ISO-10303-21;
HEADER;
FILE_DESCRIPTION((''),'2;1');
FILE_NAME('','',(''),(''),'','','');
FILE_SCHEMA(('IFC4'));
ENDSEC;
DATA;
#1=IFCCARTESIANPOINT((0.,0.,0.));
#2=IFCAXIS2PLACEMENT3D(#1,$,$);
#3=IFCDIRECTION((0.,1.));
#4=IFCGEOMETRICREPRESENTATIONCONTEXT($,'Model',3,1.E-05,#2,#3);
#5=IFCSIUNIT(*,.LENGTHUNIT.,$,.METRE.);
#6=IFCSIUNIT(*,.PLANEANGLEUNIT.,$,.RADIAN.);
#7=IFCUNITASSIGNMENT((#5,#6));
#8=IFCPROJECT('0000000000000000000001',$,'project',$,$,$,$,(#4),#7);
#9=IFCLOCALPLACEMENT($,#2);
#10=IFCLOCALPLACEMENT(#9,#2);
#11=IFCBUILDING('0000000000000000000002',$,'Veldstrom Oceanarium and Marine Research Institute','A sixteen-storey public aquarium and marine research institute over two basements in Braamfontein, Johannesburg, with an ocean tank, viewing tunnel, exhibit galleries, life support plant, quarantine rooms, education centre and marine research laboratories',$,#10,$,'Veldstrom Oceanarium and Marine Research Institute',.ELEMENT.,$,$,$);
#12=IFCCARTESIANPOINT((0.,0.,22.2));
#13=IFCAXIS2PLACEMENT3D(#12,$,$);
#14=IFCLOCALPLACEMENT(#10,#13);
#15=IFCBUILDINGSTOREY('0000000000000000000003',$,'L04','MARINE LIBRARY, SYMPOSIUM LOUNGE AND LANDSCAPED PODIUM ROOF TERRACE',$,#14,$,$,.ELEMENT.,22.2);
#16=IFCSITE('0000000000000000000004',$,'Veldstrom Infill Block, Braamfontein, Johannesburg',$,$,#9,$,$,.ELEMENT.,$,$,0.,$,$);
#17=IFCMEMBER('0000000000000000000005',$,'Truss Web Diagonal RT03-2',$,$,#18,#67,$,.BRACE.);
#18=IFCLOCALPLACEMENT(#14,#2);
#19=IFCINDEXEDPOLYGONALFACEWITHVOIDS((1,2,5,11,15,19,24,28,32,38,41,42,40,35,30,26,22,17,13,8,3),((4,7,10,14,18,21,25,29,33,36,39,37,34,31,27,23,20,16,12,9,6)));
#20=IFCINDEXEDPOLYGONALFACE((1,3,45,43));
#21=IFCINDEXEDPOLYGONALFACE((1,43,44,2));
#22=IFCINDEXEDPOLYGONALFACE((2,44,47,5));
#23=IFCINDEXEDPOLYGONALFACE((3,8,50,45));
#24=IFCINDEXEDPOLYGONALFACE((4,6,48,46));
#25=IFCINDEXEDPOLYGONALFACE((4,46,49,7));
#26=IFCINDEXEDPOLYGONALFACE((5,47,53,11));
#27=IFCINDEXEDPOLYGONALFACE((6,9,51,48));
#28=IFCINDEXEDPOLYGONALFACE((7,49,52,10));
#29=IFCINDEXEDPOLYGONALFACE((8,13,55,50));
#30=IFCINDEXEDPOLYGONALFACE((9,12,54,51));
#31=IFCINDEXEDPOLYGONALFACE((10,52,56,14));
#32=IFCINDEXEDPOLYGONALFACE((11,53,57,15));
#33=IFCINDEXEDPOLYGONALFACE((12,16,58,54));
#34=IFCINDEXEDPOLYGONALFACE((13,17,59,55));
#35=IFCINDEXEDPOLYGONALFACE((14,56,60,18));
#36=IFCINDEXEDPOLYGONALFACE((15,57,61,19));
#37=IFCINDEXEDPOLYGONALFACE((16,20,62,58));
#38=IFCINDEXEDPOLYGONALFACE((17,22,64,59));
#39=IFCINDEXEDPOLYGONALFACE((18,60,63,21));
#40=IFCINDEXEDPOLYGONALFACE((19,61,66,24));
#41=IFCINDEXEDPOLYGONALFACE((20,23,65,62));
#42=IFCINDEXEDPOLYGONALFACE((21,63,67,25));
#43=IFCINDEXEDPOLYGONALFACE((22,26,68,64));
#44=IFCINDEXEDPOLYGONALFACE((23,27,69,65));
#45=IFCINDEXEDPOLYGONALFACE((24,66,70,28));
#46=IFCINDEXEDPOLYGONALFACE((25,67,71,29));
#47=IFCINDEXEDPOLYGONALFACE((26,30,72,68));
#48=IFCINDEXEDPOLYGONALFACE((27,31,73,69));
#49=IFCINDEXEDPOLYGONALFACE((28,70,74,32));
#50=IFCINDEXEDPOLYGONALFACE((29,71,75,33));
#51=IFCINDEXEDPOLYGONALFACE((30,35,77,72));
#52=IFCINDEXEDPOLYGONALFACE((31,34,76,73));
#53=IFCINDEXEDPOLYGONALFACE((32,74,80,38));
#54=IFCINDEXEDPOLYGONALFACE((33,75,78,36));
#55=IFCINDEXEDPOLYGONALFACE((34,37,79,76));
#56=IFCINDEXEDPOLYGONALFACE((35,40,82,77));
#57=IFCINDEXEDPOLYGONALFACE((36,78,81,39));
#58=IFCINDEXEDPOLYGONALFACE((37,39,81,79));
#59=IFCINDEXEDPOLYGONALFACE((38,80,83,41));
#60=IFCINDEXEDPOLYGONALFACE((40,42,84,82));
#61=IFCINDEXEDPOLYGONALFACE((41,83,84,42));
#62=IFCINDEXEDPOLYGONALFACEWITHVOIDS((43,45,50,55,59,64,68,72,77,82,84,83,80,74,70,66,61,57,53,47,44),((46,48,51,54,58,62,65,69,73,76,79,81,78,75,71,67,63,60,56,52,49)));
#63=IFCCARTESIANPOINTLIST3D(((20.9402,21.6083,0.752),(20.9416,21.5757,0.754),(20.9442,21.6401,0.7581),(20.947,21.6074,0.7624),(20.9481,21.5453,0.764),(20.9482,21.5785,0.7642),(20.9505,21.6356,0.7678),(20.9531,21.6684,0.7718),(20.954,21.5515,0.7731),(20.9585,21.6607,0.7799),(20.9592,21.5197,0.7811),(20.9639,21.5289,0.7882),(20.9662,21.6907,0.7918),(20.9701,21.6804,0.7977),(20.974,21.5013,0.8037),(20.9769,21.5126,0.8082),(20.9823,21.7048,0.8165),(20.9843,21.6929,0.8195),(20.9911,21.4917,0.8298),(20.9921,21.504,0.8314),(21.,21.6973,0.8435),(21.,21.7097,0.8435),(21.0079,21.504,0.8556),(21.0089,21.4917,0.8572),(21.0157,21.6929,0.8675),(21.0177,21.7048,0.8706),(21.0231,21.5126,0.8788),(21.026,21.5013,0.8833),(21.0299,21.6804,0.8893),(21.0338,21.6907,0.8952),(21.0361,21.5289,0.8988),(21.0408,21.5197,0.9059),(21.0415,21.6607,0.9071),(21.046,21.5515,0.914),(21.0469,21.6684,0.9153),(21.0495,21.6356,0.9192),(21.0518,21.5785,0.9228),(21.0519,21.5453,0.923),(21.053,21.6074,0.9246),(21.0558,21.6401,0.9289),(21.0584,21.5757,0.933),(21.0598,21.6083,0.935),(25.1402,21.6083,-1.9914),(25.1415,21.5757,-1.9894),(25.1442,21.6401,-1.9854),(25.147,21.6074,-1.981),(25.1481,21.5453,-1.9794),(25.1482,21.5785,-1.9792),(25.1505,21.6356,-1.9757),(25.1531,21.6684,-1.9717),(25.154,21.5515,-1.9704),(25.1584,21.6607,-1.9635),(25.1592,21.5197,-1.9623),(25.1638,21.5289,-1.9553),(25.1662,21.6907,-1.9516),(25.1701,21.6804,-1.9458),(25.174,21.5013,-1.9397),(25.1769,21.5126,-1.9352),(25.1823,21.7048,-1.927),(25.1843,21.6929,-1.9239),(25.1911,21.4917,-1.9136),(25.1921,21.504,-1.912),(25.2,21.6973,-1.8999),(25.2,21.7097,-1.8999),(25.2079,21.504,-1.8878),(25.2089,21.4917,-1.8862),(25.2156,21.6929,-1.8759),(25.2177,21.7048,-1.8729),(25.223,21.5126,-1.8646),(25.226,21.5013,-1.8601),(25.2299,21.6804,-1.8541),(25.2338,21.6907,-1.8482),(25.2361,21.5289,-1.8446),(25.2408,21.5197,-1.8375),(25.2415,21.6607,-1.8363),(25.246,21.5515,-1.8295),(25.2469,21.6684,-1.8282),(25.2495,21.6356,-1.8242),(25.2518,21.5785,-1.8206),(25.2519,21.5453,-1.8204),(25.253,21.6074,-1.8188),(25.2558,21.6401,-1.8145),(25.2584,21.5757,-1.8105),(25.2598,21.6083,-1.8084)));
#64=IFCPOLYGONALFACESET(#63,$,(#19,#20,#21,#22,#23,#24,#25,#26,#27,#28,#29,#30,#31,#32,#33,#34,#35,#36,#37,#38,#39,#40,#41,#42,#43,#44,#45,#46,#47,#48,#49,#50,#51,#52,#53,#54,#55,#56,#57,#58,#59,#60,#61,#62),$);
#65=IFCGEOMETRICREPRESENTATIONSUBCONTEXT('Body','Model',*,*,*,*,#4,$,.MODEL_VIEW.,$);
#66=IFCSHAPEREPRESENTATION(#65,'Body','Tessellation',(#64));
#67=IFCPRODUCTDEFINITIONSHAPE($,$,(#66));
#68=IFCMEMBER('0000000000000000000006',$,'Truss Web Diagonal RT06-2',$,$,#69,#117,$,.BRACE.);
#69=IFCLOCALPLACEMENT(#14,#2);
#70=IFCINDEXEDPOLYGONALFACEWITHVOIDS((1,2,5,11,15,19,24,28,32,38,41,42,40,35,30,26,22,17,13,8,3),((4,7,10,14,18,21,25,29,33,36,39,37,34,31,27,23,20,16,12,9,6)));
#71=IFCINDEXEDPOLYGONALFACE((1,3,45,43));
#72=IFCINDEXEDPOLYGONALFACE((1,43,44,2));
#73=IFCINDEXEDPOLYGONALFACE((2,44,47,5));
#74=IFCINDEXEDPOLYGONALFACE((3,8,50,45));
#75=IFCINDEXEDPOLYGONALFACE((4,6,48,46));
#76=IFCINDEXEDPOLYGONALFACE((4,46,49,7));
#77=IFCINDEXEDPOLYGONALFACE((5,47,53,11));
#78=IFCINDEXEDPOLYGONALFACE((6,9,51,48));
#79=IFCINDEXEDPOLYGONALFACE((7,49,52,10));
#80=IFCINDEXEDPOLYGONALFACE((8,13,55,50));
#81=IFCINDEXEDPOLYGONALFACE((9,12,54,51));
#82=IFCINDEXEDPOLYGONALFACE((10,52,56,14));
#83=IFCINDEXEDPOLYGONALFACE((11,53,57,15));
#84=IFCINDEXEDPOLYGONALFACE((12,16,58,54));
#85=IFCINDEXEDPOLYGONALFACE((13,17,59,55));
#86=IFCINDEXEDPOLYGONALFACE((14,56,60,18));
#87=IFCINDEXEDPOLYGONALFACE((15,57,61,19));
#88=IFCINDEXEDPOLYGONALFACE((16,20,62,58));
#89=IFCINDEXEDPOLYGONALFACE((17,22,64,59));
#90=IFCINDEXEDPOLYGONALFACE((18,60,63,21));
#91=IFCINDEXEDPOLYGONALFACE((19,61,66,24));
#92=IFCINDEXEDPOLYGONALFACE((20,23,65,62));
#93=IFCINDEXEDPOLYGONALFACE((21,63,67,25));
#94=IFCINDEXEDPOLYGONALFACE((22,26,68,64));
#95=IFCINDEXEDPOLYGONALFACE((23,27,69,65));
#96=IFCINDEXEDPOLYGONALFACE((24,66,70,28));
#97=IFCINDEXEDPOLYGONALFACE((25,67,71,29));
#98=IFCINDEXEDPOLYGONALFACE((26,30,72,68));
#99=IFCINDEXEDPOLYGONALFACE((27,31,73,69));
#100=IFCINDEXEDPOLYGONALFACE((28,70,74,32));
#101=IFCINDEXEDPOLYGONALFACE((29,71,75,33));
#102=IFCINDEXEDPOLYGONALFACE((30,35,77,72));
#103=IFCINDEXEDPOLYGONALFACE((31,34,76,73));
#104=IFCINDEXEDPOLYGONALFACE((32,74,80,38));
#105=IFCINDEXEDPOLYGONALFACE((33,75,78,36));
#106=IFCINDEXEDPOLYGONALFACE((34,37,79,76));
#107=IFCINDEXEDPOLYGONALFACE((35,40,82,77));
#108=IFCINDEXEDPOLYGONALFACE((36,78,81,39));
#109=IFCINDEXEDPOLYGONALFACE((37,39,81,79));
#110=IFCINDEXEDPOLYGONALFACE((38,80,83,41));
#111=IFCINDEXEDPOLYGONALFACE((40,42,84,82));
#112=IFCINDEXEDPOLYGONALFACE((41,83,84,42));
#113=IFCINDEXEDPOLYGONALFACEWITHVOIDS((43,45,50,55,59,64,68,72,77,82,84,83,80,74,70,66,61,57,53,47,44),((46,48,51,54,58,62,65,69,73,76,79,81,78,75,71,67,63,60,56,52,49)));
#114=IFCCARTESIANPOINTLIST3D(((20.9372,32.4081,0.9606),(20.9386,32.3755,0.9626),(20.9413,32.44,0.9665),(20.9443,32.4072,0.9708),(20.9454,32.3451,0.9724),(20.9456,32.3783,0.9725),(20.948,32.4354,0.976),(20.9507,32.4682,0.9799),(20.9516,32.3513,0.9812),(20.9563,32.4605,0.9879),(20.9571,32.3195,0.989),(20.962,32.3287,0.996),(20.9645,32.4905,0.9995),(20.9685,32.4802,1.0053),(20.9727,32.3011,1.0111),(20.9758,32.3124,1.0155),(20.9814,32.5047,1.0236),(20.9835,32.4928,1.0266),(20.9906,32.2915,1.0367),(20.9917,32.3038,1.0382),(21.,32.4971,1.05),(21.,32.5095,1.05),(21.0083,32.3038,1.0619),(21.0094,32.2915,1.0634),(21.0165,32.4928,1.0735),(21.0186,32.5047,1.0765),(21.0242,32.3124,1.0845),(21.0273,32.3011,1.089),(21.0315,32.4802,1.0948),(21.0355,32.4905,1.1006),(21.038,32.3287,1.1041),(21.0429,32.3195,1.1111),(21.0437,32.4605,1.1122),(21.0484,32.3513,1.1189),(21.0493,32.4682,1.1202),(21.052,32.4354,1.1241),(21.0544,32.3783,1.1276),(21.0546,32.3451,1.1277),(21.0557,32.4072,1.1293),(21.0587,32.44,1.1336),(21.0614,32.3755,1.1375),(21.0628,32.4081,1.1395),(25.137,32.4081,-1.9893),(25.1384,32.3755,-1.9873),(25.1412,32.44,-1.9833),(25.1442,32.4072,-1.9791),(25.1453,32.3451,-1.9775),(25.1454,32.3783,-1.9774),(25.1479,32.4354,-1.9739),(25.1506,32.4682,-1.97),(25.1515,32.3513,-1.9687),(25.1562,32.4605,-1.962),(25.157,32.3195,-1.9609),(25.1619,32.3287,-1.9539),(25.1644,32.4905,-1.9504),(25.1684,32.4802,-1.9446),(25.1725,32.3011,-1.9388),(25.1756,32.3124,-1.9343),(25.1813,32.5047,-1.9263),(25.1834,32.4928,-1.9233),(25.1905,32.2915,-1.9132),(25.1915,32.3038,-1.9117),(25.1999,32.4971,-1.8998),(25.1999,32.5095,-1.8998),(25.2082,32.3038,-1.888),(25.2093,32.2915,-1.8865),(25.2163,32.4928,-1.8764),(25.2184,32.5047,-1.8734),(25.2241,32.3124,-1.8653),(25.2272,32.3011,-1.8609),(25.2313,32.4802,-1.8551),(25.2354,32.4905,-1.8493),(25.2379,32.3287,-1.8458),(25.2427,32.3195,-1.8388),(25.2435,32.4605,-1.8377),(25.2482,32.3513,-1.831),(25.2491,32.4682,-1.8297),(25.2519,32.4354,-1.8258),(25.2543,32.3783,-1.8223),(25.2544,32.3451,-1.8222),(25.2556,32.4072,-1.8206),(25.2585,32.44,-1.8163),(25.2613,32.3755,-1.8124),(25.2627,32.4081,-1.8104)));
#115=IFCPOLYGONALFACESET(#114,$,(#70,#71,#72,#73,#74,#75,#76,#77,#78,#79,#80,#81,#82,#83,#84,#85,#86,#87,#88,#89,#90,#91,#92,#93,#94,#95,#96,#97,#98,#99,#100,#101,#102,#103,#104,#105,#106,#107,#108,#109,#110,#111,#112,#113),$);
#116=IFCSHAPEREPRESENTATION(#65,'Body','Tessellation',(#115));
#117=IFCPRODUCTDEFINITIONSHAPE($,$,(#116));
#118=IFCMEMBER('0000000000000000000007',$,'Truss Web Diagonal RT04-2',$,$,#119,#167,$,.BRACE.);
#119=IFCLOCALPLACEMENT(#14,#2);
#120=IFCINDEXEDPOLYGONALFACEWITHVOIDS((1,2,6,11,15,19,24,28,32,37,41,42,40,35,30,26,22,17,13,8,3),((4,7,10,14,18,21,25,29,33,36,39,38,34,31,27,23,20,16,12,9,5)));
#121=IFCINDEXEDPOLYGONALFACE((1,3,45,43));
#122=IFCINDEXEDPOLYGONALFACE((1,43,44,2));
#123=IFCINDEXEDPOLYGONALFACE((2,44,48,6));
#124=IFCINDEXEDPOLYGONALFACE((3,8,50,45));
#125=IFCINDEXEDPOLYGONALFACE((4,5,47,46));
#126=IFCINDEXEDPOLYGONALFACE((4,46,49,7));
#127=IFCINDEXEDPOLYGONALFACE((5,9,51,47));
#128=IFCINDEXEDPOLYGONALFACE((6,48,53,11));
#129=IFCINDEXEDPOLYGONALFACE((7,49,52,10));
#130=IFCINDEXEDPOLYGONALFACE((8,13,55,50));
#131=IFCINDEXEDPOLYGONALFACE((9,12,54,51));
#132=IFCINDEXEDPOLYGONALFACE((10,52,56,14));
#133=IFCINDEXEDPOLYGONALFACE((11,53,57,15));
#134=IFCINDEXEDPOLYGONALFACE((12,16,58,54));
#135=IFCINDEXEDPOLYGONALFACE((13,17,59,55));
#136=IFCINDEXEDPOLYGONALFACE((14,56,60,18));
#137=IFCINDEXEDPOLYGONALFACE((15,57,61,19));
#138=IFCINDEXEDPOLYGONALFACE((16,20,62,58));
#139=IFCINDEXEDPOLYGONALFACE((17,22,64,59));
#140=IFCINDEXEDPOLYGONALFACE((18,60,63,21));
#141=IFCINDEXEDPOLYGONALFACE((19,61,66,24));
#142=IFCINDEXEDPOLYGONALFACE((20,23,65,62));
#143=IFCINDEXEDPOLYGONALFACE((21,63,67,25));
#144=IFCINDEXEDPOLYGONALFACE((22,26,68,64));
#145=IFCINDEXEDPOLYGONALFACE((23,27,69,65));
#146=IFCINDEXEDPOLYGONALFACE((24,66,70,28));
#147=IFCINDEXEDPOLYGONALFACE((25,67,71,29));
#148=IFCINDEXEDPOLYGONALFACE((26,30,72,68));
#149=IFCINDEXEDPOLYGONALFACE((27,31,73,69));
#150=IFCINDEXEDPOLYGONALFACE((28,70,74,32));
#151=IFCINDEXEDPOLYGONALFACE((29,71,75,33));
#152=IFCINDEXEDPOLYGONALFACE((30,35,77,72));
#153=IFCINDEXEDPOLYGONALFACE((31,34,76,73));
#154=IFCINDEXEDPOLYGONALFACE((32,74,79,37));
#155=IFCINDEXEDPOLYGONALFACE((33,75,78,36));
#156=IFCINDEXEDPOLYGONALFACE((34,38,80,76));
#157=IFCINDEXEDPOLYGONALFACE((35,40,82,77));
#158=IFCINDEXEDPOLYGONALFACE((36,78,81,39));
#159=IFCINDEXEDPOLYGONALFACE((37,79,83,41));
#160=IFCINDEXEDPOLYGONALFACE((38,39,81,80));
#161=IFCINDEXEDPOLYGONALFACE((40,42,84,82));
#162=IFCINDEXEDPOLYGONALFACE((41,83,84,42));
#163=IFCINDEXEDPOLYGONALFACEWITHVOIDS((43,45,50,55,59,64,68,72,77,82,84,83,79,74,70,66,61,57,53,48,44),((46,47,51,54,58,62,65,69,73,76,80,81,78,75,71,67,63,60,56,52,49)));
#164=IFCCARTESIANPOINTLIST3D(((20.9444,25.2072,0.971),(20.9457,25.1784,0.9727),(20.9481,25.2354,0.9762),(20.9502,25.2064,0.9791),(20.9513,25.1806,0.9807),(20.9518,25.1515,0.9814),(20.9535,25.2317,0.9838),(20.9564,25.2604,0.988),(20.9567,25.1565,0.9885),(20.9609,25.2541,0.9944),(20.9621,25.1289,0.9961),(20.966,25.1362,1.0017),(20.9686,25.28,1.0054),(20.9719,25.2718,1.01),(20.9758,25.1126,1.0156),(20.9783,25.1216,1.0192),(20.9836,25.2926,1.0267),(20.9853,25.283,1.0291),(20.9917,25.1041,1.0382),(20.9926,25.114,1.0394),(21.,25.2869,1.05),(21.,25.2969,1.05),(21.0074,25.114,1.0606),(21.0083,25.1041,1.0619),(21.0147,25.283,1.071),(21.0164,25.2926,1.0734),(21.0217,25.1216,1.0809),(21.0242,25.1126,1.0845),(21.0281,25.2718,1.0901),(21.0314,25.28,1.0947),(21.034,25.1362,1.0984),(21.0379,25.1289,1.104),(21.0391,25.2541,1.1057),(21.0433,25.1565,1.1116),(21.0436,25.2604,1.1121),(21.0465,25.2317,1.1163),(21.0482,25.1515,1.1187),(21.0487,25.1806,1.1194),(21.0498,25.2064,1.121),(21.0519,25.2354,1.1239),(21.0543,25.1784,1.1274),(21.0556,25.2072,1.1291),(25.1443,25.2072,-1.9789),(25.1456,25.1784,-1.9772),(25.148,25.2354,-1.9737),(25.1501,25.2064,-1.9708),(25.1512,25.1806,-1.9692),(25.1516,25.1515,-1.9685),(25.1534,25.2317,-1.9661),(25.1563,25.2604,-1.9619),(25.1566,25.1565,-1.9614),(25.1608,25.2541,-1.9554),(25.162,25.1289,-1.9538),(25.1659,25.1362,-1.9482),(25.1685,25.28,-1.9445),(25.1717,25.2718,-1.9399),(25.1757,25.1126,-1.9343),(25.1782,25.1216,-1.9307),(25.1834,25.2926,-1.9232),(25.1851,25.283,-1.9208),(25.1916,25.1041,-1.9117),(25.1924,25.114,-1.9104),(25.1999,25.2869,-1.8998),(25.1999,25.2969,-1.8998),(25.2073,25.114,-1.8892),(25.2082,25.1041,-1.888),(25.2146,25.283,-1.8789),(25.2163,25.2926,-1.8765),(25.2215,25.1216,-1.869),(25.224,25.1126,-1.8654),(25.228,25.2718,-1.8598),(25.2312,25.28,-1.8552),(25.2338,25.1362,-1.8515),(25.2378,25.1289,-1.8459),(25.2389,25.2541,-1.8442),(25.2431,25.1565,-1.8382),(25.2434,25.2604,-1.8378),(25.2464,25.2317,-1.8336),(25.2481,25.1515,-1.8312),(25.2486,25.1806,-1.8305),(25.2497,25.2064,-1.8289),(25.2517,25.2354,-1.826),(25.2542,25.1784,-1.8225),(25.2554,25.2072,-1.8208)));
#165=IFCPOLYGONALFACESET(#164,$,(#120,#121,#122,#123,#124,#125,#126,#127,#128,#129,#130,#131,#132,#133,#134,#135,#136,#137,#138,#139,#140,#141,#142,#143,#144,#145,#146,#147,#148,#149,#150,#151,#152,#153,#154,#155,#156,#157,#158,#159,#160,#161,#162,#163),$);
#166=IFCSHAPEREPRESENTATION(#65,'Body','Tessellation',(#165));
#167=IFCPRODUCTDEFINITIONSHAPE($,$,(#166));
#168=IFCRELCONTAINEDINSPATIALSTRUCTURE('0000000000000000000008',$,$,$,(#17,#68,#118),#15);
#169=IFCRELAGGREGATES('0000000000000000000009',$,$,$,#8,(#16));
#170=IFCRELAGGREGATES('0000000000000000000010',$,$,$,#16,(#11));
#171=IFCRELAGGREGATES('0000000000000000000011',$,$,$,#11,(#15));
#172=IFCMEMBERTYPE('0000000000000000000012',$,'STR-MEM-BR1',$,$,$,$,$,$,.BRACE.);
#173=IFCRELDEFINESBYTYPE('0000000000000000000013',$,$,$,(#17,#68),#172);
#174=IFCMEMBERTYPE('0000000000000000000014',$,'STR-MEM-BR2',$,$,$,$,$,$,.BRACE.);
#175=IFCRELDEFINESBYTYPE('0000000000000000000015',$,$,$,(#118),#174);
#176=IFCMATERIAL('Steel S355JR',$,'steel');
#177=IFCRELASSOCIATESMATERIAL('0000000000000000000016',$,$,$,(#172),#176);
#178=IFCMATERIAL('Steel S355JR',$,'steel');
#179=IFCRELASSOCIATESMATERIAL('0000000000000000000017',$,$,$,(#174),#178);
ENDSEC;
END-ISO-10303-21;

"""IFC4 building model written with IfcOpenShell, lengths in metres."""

from ifc_helpers import new_model, si_unit, direction, frame, origin, origin_2d, place, context, subcontext, project, spatial, hollow_circle, extrude, material, material_profile, profile_set, type_object, element, save


model = new_model("IFC4")

# Units and contexts
model_context = context("Model", 3, precision=1e-05, world=origin(), true_north=direction((0.0, 1.0)))
body_context = subcontext(model_context, "Body", "Model", "MODEL_VIEW")
ifc_project = project(units=[si_unit("LENGTHUNIT", "METRE"), si_unit("PLANEANGLEUNIT", "RADIAN")], contexts=[model_context])

# Site, building, storey
site_placement = place(None, origin())
site = spatial("IfcSite", under=ifc_project, at=site_placement, Name="Veldstrom Infill Block, Braamfontein, Johannesburg", CompositionType="ELEMENT", RefElevation=0.0)
building_placement = place(site_placement, origin())
building = spatial("IfcBuilding", under=site, at=building_placement, Name="Veldstrom Oceanarium and Marine Research Institute", Description="A sixteen-storey public aquarium and marine research institute over two basements in Braamfontein, Johannesburg, with an ocean tank, viewing tunnel, exhibit galleries, life support plant, quarantine rooms, education centre and marine research laboratories", LongName="Veldstrom Oceanarium and Marine Research Institute", CompositionType="ELEMENT")
storey_placement = place(building_placement, frame((0.0, 0.0, 22.2)))
storey = spatial("IfcBuildingStorey", under=building, at=storey_placement, Name="L04", Description="MARINE LIBRARY, SYMPOSIUM LOUNGE AND LANDSCAPED PODIUM ROOF TERRACE", CompositionType="ELEMENT", Elevation=22.2)

# Members
ifc_material_1 = material(Name="Steel S355JR", Category="steel")
ifc_material_profile_1 = material_profile(ifc_material_1, hollow_circle(Radius=0.1096, WallThickness=0.0125, at=origin_2d()), Name="CHS 219.1x12.5")
ifc_profile_set_1 = profile_set([ifc_material_profile_1], Name="Steel S355JR")
member_type_1 = type_object("IfcMemberType", Name="STR-MEM-BR1", PredefinedType="BRACE", material=ifc_profile_set_1)
member_1_placement = place(storey_placement, frame((21.0, 21.6001, 0.8435), z_axis=(0.837217, 0.0, -0.54687), x_axis=(0.0, 1.0, 0.0)))
element("IfcMember", 1, at=member_1_placement, inside=storey, type_object=member_type_1, Name="Truss Web Diagonal RT03-2", PredefinedType="BRACE", context=body_context, shape_type="SweptSolid", body=[
    extrude(hollow_circle(Radius=0.1096, WallThickness=0.0125, at=origin_2d()), origin(), (0.0, 0.0, 1.0), 5.0166),
])
member_2_placement = place(storey_placement, frame((21.0, 32.3999, 1.05), z_axis=(0.818317, 0.0, -0.574767), x_axis=(0.0, 1.0, 0.0)))
element("IfcMember", 2, at=member_2_placement, inside=storey, type_object=member_type_1, Name="Truss Web Diagonal RT06-2", PredefinedType="BRACE", context=body_context, shape_type="SweptSolid", body=[
    extrude(hollow_circle(Radius=0.1096, WallThickness=0.0125, at=origin_2d()), origin(), (0.0, 0.0, 1.0), 5.1323),
])
ifc_material_2 = material(Name="Steel S355JR", Category="steel")
ifc_material_profile_2 = material_profile(ifc_material_2, hollow_circle(Radius=0.0969, WallThickness=0.01, at=origin_2d()), Name="CHS 193.7x10")
ifc_profile_set_2 = profile_set([ifc_material_profile_2], Name="Steel S355JR")
member_type_2 = type_object("IfcMemberType", Name="STR-MEM-BR2", PredefinedType="BRACE", material=ifc_profile_set_2)
member_3_placement = place(storey_placement, frame((21.0, 25.2, 1.05), z_axis=(0.818317, 0.0, -0.574767), x_axis=(0.0, 1.0, 0.0)))
element("IfcMember", 3, at=member_3_placement, inside=storey, type_object=member_type_2, Name="Truss Web Diagonal RT04-2", PredefinedType="BRACE", context=body_context, shape_type="SweptSolid", body=[
    extrude(hollow_circle(Radius=0.0969, WallThickness=0.01, at=origin_2d()), origin(), (0.0, 0.0, 1.0), 5.1323),
])

save(model, "model.ifc")
